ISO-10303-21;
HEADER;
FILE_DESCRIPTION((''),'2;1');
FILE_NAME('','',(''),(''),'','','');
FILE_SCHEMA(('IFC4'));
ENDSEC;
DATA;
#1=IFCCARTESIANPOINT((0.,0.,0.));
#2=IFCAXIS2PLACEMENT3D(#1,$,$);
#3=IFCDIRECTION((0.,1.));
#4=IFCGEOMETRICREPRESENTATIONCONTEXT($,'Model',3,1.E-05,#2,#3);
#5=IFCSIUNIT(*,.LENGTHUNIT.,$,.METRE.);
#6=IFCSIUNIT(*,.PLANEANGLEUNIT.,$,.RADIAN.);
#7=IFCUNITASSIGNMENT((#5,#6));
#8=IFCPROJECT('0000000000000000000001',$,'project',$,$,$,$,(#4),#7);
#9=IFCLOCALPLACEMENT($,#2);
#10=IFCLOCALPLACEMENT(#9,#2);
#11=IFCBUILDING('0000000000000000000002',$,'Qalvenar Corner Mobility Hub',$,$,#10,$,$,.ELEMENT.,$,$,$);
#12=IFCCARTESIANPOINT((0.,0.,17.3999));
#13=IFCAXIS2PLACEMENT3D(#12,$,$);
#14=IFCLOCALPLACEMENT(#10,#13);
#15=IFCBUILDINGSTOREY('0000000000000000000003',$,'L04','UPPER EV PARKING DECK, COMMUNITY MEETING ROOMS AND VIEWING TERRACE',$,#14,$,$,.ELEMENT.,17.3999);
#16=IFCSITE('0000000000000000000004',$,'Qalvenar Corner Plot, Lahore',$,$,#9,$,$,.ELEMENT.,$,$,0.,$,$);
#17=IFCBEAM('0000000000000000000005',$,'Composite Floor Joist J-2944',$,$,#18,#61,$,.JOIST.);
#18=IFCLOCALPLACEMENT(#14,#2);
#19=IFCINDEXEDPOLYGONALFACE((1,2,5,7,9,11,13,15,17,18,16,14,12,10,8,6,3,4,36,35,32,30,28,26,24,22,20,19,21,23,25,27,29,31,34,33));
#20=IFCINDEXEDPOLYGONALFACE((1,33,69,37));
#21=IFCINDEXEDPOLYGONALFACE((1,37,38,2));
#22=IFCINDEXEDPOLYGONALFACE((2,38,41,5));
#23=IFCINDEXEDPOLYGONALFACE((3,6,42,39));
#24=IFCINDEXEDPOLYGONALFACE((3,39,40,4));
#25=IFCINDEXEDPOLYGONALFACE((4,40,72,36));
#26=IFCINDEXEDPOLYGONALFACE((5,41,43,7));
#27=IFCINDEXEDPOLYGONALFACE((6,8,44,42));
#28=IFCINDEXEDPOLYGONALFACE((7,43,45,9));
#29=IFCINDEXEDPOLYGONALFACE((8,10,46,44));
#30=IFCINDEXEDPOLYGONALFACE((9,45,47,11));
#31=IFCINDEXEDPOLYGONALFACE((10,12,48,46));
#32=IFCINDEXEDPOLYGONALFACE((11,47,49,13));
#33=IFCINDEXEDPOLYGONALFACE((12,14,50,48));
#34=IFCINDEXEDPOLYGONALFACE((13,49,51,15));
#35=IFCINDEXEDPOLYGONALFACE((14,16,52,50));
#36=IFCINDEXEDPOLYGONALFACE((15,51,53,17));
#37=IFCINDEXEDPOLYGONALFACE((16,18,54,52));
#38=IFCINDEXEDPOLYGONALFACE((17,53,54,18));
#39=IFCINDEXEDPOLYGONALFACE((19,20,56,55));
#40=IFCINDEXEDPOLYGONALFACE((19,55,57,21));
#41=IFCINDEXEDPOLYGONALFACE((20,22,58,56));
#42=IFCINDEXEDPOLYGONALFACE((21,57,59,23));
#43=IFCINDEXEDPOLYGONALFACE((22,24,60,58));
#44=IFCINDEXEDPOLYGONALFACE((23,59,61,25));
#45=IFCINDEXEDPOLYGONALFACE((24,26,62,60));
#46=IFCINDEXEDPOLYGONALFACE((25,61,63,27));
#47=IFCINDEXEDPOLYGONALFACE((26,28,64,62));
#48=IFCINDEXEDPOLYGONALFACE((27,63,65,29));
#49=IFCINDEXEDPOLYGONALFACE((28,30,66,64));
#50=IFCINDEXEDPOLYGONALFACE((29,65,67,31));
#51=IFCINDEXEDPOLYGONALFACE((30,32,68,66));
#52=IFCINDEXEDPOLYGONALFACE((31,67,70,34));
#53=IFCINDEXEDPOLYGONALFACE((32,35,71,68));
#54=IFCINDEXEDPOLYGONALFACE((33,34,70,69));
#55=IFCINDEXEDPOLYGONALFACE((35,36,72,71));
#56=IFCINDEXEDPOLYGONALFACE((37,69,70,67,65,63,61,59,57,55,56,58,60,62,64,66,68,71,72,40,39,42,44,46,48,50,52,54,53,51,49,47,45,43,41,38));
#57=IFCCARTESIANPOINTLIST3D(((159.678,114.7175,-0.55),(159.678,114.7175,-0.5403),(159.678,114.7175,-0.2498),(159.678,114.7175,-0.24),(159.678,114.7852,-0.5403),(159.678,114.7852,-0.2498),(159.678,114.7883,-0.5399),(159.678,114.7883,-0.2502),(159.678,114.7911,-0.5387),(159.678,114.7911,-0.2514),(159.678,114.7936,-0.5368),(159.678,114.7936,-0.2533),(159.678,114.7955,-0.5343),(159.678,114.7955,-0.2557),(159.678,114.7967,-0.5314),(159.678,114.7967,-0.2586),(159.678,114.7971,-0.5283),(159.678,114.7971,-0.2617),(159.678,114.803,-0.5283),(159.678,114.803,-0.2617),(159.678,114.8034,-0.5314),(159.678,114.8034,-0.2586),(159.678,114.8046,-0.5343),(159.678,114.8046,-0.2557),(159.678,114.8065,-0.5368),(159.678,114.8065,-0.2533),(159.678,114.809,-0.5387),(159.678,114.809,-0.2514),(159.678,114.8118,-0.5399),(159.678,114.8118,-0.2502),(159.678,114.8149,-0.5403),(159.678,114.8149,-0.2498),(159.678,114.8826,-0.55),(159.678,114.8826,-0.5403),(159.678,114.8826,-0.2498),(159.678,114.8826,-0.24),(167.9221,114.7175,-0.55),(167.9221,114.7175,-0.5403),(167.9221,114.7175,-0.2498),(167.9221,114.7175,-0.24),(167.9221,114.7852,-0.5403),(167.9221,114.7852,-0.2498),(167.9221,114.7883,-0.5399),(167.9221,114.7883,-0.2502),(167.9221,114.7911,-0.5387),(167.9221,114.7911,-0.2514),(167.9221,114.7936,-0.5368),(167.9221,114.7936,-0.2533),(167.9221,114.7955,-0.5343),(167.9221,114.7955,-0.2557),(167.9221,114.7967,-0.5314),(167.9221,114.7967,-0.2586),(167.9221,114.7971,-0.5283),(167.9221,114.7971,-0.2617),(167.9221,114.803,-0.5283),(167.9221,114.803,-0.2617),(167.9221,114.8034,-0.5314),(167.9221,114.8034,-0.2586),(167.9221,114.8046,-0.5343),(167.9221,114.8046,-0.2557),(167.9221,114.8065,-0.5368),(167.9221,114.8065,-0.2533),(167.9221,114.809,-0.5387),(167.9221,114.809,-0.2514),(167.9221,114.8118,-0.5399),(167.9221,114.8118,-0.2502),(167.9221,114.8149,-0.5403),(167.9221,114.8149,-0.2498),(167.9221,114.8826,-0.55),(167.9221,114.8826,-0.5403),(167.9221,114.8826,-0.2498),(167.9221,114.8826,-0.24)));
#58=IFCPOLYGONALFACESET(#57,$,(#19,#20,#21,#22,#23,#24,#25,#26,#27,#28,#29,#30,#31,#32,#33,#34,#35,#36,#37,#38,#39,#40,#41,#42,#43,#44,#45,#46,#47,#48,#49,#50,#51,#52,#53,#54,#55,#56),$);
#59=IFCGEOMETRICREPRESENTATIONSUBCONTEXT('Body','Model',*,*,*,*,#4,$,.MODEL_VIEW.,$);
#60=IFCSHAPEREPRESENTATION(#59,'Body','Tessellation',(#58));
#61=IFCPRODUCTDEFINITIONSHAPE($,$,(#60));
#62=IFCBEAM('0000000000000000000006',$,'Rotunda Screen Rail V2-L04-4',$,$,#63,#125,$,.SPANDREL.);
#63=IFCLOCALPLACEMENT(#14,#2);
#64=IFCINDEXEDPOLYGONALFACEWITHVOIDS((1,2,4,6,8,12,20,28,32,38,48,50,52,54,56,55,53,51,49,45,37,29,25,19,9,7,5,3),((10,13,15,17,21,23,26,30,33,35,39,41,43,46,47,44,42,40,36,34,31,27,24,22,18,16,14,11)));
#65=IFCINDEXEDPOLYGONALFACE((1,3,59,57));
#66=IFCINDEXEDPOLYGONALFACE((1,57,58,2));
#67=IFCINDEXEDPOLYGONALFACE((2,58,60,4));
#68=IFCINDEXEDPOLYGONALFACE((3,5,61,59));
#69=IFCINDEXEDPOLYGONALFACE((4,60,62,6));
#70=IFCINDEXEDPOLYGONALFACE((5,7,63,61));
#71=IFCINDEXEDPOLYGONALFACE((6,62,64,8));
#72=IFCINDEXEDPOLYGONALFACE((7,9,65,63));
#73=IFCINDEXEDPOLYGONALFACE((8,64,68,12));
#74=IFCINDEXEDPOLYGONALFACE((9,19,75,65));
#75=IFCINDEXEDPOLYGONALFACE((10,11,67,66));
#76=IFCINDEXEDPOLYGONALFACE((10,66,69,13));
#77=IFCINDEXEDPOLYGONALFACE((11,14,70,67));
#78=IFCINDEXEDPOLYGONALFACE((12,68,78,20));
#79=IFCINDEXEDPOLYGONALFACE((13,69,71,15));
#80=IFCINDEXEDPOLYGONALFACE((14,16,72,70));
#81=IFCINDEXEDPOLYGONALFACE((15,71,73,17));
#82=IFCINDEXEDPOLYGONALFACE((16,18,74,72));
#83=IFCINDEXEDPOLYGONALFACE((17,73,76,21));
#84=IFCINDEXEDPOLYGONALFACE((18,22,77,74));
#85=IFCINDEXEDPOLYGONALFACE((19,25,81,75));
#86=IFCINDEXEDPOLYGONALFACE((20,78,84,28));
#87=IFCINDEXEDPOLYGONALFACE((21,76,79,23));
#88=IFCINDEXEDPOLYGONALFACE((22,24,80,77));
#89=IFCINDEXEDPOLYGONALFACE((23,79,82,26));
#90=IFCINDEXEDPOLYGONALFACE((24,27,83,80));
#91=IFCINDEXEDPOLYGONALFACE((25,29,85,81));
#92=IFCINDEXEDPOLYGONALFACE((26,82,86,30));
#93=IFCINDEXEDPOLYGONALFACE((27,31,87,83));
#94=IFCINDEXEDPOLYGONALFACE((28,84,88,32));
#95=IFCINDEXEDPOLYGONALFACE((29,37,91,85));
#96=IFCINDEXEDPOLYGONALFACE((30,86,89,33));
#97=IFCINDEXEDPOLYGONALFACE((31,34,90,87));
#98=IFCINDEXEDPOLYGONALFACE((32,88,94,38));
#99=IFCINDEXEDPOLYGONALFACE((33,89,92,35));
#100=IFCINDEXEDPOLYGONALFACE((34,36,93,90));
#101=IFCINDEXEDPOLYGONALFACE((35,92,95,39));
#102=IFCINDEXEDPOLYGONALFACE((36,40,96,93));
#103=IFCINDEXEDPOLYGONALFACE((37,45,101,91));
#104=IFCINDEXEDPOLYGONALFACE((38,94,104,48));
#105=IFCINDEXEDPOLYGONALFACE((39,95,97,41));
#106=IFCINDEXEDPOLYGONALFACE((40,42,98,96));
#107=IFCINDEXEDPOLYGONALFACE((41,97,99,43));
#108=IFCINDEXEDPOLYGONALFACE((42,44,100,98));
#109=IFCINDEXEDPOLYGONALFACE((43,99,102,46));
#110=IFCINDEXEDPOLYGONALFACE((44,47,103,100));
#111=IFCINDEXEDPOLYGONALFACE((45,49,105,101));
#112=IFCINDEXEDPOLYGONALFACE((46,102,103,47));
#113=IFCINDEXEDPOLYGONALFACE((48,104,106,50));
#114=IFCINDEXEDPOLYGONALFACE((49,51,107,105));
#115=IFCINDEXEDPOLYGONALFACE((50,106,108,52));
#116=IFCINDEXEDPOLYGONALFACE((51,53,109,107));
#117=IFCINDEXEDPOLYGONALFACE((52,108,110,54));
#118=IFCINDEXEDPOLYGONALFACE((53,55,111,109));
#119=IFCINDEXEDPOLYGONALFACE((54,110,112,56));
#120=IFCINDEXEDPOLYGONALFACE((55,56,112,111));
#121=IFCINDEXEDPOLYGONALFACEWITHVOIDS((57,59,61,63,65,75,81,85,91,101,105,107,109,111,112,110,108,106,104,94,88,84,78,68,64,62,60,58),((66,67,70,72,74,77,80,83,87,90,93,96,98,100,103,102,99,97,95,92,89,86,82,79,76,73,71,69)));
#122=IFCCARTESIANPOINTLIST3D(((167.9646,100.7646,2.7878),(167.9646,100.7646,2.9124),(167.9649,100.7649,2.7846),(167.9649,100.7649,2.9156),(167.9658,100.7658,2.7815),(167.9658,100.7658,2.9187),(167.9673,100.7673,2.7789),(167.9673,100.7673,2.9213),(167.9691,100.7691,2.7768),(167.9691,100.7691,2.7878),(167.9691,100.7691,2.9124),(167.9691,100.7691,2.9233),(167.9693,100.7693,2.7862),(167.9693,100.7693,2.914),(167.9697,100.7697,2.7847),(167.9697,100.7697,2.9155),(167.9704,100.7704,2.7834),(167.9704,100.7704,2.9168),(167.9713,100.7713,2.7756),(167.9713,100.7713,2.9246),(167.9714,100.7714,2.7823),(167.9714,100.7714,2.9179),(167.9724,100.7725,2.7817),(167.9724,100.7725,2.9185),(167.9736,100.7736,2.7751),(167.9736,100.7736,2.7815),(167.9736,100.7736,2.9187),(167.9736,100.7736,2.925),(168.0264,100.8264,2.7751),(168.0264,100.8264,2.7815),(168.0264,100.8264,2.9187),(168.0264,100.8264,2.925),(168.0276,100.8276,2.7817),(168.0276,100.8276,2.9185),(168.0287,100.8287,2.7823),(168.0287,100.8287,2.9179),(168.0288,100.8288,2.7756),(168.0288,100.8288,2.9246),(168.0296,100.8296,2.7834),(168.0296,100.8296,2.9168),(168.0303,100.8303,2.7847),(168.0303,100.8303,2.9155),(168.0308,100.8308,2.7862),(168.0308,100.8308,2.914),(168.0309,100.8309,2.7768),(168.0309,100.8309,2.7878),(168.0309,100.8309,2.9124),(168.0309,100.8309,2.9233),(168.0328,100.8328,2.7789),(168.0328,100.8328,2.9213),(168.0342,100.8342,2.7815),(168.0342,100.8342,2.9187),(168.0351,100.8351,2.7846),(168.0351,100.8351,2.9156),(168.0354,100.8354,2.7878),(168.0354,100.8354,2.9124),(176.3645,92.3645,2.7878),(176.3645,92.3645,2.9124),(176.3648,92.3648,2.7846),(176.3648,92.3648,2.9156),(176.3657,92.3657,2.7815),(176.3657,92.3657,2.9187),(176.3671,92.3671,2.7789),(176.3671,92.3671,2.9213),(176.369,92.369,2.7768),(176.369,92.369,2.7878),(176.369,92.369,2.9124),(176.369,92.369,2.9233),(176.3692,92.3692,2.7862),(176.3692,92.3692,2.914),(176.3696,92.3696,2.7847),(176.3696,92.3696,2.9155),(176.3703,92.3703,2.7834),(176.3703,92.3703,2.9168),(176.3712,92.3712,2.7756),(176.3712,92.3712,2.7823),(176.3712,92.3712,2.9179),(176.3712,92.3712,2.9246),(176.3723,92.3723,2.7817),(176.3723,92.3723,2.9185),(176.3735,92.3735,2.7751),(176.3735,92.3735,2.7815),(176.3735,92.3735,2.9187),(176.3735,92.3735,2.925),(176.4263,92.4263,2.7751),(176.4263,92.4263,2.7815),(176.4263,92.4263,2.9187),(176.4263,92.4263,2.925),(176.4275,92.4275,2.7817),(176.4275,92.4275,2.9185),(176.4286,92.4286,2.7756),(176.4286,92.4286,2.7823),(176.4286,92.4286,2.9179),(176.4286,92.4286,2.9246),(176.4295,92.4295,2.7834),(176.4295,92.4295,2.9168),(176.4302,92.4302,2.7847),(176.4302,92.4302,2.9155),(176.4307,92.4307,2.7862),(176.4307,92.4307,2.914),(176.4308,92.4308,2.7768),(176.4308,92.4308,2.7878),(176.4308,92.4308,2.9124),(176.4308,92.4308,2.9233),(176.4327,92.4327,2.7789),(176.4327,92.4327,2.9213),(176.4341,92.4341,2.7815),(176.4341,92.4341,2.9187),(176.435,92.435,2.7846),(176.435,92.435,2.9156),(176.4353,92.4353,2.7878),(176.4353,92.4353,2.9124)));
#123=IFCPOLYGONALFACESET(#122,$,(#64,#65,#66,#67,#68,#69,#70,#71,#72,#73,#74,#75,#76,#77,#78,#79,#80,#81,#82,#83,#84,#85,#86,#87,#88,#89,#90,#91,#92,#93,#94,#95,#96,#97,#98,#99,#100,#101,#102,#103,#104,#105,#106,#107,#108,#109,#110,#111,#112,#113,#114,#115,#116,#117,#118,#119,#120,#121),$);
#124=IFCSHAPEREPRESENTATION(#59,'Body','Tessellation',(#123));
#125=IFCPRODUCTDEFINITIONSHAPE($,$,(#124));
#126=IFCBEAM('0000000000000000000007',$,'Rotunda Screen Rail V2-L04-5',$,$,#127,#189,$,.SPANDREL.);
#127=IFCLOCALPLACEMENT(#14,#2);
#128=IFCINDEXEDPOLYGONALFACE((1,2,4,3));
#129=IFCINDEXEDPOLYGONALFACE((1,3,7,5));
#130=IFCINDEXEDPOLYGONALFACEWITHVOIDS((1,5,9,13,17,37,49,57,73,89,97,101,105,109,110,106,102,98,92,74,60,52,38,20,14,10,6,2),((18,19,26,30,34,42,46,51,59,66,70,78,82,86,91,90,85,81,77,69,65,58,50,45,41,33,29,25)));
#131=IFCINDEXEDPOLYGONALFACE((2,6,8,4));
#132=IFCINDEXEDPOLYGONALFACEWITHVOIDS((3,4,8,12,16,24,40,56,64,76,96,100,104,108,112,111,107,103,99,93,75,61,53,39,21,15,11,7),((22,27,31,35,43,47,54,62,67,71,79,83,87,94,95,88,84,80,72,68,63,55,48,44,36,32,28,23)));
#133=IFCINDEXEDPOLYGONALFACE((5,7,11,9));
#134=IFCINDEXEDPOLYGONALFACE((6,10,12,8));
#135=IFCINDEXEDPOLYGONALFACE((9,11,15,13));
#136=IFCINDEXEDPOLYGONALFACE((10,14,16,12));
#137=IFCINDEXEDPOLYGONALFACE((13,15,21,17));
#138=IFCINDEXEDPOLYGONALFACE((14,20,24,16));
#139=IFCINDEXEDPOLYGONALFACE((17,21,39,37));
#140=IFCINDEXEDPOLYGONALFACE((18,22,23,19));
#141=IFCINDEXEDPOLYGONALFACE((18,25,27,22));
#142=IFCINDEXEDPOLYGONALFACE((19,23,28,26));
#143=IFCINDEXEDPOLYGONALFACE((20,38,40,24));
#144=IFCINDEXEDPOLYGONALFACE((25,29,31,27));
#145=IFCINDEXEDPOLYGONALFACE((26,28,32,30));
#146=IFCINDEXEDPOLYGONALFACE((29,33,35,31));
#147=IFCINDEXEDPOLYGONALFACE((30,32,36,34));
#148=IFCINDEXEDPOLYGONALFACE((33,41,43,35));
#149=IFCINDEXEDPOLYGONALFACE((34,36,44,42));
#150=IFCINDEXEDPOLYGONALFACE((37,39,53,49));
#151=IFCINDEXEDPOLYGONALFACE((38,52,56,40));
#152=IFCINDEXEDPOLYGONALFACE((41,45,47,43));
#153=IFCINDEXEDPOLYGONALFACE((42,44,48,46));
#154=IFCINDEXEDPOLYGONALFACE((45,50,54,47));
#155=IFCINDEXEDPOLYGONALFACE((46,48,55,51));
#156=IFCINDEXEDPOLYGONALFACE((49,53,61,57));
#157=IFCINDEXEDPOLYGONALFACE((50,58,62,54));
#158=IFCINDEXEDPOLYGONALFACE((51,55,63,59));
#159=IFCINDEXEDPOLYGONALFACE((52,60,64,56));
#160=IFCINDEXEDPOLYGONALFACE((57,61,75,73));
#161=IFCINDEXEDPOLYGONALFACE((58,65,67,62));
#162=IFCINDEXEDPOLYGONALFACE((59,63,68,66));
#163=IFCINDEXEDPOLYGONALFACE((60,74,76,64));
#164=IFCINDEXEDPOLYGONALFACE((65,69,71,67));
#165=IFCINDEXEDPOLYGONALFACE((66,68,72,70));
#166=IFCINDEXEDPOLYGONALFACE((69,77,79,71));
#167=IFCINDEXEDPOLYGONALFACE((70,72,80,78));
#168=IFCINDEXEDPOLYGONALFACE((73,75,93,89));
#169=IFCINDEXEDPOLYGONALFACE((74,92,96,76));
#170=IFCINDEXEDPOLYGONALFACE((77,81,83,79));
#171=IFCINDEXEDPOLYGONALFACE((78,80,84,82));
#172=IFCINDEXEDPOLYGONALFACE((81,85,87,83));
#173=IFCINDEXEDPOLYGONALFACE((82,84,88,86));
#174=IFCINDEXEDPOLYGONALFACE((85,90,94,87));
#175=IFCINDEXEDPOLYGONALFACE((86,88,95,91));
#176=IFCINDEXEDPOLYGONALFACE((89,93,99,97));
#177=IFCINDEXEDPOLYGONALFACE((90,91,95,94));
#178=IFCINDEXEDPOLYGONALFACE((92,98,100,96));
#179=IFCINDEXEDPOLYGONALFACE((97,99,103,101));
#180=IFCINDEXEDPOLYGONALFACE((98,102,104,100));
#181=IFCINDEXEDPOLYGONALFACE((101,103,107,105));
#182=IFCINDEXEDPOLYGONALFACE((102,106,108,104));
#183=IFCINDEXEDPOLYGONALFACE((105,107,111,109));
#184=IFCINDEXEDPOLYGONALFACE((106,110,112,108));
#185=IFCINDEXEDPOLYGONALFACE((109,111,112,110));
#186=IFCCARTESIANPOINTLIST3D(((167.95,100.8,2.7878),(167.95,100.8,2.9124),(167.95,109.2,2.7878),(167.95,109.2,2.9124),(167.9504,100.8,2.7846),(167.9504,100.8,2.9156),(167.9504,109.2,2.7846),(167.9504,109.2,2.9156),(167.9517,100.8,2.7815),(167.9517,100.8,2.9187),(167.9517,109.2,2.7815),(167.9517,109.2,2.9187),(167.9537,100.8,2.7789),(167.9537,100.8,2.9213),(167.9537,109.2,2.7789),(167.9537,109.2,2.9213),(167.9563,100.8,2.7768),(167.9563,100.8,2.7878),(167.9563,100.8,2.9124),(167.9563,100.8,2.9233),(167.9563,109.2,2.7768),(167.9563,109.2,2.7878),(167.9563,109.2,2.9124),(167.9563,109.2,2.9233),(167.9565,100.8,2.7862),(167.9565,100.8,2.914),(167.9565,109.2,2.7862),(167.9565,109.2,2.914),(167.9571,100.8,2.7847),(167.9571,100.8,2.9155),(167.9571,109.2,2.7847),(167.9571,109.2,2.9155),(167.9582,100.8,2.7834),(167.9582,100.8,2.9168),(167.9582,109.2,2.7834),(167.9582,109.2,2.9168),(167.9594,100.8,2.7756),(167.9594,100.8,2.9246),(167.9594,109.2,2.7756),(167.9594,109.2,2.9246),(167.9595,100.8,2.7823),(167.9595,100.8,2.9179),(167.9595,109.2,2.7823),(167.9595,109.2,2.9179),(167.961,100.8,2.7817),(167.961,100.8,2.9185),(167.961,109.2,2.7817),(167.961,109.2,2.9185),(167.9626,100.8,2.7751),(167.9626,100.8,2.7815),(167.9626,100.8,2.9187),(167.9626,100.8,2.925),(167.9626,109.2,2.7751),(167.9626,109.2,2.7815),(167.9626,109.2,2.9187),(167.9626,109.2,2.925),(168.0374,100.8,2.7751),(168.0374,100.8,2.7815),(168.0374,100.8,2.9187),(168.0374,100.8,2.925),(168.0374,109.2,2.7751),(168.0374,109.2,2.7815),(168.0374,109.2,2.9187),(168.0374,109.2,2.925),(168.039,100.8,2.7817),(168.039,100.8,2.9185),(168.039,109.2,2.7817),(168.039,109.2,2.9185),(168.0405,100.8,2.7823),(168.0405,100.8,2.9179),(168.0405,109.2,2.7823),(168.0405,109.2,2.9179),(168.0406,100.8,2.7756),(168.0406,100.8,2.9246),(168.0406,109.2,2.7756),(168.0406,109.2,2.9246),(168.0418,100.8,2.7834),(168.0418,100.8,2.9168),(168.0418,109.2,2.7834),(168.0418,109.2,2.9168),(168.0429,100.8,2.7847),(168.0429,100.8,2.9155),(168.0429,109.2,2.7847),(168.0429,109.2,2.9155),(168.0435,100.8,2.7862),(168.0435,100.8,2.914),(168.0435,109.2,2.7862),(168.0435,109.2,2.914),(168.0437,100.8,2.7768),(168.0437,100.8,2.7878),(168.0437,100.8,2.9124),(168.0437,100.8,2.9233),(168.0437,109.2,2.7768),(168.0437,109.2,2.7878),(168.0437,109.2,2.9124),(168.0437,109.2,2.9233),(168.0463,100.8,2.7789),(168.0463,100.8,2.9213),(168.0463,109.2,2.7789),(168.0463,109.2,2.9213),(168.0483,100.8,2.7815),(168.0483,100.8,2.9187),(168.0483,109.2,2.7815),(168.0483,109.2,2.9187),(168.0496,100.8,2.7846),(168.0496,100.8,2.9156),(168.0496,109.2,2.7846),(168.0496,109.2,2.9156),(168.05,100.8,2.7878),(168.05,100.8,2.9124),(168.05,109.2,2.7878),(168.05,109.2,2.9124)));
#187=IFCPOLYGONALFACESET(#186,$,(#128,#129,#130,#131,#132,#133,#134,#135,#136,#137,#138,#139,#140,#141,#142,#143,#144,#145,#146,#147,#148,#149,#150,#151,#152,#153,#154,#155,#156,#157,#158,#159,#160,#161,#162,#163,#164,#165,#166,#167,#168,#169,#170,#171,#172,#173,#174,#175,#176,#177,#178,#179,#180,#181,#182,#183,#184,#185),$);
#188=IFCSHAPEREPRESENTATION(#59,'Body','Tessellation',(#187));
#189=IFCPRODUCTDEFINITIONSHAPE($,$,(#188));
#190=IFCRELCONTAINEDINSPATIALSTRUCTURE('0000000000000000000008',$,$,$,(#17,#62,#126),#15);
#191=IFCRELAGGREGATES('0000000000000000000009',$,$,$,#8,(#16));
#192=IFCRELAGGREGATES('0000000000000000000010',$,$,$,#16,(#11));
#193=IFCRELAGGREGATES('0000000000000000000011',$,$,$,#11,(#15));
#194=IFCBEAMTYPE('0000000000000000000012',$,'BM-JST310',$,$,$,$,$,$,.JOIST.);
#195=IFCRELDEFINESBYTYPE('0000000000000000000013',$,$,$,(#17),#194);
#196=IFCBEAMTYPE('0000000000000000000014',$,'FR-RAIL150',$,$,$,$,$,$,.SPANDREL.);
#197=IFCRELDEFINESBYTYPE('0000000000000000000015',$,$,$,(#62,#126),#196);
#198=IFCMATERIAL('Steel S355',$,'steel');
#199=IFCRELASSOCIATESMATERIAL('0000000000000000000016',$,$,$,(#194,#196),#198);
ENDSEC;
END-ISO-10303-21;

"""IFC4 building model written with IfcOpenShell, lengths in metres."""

from ifc_helpers import new_model, si_unit, direction, frame, origin, origin_2d, place, context, subcontext, project, spatial, hollow_rectangle, i_section, extrude, material, material_profile, profile_set, type_object, element, save


model = new_model("IFC4")

# Units and contexts
model_context = context("Model", 3, precision=1e-05, world=origin(), true_north=direction((0.0, 1.0)))
body_context = subcontext(model_context, "Body", "Model", "MODEL_VIEW")
ifc_project = project(units=[si_unit("LENGTHUNIT", "METRE"), si_unit("PLANEANGLEUNIT", "RADIAN")], contexts=[model_context])

# Site, building, storey
site_placement = place(None, origin())
site = spatial("IfcSite", under=ifc_project, at=site_placement, Name="Qalvenar Corner Plot, Lahore", CompositionType="ELEMENT", RefElevation=0.0)
building_placement = place(site_placement, origin())
building = spatial("IfcBuilding", under=site, at=building_placement, Name="Qalvenar Corner Mobility Hub", CompositionType="ELEMENT")
storey_placement = place(building_placement, frame((0.0, 0.0, 17.3999)))
storey = spatial("IfcBuildingStorey", under=building, at=storey_placement, Name="L04", Description="UPPER EV PARKING DECK, COMMUNITY MEETING ROOMS AND VIEWING TERRACE", CompositionType="ELEMENT", Elevation=17.3999)

# Shared definitions
ifc_material_1 = material(Name="Steel S355", Category="steel")

# Beams
ifc_material_profile_1 = material_profile(ifc_material_1, i_section(OverallWidth=0.165, OverallDepth=0.3101, WebThickness=0.0059, FlangeThickness=0.0098, FilletRadius=0.012, at=origin_2d()), Name="W310x38.7")
ifc_profile_set_1 = profile_set([ifc_material_profile_1], Name="Steel S355")
beam_type_1 = type_object("IfcBeamType", Name="BM-JST310", PredefinedType="JOIST", material=ifc_profile_set_1)
for number, where, z_axis, x_axis, name in (
    (1, (159.678, 114.8, -0.395), (1.0, 0.0, 0.0), (0.0, 1.0, 0.0), "Composite Floor Joist J-2944"),
):
    element("IfcBeam", number, at=place(storey_placement, frame(where, z_axis=z_axis, x_axis=x_axis)), inside=storey, type_object=beam_type_1, Name=name, PredefinedType="JOIST", context=body_context, shape_type="SweptSolid", body=[
        extrude(i_section(OverallWidth=0.165, OverallDepth=0.3101, WebThickness=0.0059, FlangeThickness=0.0098, FilletRadius=0.012, at=origin_2d()), origin(), (0.0, 0.0, 1.0), 8.2441),
    ])
ifc_material_profile_2 = material_profile(ifc_material_1, hollow_rectangle(XDim=0.1001, YDim=0.1499, WallThickness=0.0063, InnerFilletRadius=0.0063, OuterFilletRadius=0.0127, at=origin_2d()), Name="RHS150x100x6.3")
ifc_profile_set_2 = profile_set([ifc_material_profile_2], Name="Steel S355")
beam_type_2 = type_object("IfcBeamType", Name="FR-RAIL150", PredefinedType="SPANDREL", material=ifc_profile_set_2)
beam_1_placement = place(storey_placement, frame((176.3999, 92.3999, 2.8501), z_axis=(-0.707097, 0.707117, 0.0), x_axis=(-0.707117, -0.707097, 0.0)))
element("IfcBeam", 2, at=beam_1_placement, inside=storey, type_object=beam_type_2, Name="Rotunda Screen Rail V2-L04-4", PredefinedType="SPANDREL", context=body_context, shape_type="SweptSolid", body=[
    extrude(hollow_rectangle(XDim=0.1001, YDim=0.1499, WallThickness=0.0063, InnerFilletRadius=0.0063, OuterFilletRadius=0.0127, at=origin_2d()), origin(), (0.0, 0.0, 1.0), 11.8794),
])
beam_2_placement = place(storey_placement, frame((168.0, 100.8, 2.8501), z_axis=(0.0, 1.0, 0.0), x_axis=(-1.0, 0.0, 0.0)))
element("IfcBeam", 3, at=beam_2_placement, inside=storey, type_object=beam_type_2, Name="Rotunda Screen Rail V2-L04-5", PredefinedType="SPANDREL", context=body_context, shape_type="SweptSolid", body=[
    extrude(hollow_rectangle(XDim=0.1001, YDim=0.1499, WallThickness=0.0063, InnerFilletRadius=0.0063, OuterFilletRadius=0.0127, at=origin_2d()), origin(), (0.0, 0.0, 1.0), 8.3999),
])

save(model, "model.ifc")
